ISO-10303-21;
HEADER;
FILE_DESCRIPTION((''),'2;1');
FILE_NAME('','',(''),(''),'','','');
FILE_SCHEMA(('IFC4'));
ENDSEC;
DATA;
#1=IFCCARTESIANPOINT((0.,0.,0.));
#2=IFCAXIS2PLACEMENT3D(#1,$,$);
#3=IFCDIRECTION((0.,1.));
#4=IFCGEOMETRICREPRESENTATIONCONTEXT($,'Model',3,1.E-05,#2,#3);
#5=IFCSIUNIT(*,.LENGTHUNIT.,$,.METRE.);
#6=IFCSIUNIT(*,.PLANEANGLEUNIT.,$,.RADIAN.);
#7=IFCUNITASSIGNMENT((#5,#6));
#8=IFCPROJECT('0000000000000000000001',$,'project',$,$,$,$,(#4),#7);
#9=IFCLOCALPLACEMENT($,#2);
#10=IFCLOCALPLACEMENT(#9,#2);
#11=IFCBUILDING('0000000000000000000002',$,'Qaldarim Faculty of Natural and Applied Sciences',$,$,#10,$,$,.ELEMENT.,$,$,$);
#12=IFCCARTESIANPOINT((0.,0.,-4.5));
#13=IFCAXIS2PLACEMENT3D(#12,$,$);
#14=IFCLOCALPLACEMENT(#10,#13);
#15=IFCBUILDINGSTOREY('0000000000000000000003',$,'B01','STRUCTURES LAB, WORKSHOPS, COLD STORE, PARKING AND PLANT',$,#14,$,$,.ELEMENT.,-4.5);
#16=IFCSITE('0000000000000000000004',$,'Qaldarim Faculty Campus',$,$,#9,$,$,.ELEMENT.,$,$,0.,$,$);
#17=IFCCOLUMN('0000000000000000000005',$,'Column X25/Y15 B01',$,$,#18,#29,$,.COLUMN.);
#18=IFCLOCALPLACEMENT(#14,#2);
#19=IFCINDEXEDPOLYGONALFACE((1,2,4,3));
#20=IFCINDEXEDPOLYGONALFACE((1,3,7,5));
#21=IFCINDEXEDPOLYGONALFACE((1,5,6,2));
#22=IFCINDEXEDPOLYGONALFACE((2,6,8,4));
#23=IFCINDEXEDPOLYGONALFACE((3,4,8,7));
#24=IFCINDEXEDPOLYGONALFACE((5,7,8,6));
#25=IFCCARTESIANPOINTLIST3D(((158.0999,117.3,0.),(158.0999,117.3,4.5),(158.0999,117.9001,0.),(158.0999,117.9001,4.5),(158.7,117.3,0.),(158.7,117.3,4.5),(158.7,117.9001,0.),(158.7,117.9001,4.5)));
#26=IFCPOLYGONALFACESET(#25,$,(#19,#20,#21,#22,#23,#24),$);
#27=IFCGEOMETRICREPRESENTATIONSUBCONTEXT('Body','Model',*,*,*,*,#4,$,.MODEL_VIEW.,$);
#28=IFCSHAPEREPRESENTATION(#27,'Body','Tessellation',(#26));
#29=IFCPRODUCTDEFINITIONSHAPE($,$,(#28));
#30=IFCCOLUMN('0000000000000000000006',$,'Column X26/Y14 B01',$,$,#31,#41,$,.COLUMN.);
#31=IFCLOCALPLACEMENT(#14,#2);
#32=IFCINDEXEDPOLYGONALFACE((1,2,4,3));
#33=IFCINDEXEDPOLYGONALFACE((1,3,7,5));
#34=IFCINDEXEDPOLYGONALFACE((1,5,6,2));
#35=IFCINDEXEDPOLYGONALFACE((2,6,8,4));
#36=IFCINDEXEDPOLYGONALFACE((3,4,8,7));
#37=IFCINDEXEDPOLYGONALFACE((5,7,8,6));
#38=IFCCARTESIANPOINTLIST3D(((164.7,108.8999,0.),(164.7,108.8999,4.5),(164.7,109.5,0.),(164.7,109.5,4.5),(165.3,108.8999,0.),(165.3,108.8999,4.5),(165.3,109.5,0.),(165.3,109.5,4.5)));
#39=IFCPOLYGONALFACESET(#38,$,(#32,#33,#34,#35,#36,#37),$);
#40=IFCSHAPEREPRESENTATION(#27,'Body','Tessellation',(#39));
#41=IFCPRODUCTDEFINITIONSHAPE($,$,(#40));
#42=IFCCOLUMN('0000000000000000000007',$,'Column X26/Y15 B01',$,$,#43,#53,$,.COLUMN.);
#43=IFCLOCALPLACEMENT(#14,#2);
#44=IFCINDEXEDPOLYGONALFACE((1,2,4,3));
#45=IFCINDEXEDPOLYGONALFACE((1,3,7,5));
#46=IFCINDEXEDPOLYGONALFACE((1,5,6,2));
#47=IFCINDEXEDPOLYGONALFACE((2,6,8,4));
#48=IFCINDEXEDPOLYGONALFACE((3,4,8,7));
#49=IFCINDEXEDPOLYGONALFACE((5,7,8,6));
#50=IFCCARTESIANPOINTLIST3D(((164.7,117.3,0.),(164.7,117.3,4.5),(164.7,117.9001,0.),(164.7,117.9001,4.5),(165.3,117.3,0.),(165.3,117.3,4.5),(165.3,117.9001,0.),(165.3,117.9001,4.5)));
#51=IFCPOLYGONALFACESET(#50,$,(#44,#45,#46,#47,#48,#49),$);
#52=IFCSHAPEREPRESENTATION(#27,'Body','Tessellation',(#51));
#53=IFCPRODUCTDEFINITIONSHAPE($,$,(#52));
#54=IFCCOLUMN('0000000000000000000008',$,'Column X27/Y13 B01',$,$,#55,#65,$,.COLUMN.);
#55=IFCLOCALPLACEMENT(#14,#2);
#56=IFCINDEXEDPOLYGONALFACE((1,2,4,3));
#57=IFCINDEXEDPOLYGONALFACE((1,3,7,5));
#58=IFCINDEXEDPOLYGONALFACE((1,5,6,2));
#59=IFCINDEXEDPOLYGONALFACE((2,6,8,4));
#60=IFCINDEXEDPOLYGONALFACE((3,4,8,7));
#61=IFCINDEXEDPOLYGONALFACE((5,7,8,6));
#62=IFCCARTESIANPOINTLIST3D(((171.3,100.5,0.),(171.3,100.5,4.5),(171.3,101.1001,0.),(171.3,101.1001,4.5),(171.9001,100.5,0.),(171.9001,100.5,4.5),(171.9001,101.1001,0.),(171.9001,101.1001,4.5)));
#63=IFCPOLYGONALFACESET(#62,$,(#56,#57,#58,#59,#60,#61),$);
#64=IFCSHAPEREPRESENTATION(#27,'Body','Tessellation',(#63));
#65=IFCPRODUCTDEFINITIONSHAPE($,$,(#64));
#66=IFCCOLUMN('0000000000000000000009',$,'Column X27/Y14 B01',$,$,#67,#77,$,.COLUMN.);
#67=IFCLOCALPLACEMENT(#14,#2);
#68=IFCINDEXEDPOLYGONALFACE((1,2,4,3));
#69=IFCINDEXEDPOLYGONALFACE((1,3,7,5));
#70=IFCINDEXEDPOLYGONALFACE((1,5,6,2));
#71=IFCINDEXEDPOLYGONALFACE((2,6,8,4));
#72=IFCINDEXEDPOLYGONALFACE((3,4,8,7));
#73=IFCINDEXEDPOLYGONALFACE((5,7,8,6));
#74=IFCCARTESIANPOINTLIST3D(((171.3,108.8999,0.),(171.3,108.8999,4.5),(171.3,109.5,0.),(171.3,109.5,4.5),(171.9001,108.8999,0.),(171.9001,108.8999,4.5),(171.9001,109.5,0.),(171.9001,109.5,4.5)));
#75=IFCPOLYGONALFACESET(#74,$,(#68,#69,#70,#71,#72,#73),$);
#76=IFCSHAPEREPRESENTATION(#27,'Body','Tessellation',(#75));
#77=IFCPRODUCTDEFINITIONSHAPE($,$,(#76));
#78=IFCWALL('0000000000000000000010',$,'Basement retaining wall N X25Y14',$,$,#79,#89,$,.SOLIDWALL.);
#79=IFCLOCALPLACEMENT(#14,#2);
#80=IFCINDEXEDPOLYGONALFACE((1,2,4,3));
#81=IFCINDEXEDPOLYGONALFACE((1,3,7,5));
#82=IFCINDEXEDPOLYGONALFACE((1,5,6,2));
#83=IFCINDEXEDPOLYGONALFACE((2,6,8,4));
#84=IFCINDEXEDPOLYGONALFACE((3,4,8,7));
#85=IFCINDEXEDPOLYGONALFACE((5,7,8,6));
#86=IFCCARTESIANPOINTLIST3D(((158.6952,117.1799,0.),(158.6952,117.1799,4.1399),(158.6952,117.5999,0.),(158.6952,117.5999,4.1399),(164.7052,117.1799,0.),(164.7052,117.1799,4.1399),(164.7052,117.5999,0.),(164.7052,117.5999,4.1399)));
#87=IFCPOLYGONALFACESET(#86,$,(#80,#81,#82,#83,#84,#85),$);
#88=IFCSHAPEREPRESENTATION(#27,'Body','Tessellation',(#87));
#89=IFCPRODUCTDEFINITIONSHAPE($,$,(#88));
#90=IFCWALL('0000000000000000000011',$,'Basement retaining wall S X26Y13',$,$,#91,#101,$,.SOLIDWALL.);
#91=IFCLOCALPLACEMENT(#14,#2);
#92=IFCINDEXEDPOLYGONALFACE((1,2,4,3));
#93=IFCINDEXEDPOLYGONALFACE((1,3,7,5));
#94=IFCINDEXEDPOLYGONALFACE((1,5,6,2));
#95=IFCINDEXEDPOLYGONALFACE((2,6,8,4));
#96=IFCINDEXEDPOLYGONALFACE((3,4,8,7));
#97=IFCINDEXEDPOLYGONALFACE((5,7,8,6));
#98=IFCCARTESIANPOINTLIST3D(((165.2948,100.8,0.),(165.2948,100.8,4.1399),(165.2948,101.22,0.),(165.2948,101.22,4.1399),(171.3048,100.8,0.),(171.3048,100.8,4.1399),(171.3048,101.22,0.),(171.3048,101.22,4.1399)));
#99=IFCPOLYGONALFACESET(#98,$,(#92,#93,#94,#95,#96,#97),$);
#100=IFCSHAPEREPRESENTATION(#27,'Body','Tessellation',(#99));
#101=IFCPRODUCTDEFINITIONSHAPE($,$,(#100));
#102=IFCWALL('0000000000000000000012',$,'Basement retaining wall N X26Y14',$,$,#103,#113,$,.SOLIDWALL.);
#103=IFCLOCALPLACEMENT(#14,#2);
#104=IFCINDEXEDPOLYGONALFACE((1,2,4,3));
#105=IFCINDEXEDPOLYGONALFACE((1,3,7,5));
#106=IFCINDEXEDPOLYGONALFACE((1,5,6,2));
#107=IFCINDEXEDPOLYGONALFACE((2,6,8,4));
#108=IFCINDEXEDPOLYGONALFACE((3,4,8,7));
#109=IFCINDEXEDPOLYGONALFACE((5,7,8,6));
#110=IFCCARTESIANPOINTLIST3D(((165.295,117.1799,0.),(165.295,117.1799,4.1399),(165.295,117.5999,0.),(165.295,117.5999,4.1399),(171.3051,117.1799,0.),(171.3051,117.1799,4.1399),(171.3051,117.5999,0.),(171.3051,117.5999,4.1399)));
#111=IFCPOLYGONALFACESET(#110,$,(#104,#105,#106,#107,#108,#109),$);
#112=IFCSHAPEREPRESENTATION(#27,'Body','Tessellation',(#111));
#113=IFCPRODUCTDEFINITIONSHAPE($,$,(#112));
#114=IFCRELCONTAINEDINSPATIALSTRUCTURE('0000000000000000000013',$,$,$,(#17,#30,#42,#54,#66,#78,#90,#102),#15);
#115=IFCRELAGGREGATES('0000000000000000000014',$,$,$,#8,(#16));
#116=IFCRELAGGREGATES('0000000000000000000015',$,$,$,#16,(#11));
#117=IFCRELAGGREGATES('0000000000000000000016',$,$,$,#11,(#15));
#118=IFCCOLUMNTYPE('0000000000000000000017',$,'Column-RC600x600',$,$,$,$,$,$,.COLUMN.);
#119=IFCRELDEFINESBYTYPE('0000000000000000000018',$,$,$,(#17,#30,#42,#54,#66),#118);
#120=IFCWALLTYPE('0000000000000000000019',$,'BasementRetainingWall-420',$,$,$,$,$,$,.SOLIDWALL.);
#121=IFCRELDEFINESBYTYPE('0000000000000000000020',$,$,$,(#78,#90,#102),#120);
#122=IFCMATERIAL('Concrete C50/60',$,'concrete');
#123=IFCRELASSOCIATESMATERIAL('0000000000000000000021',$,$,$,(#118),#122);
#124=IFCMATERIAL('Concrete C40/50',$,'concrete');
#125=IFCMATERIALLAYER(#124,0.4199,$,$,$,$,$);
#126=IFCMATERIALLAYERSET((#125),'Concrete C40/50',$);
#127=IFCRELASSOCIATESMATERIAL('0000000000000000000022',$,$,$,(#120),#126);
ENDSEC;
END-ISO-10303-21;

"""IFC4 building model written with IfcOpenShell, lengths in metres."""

from ifc_helpers import new_model, si_unit, direction, frame, frame_2d, origin, origin_2d, place, context, subcontext, project, spatial, rectangle, extrude, material, layer, layer_set, material_profile, profile_set, type_object, element, save


model = new_model("IFC4")

# Units and contexts
model_context = context("Model", 3, precision=1e-05, world=origin(), true_north=direction((0.0, 1.0)))
body_context = subcontext(model_context, "Body", "Model", "MODEL_VIEW")
ifc_project = project(units=[si_unit("LENGTHUNIT", "METRE"), si_unit("PLANEANGLEUNIT", "RADIAN")], contexts=[model_context])

# Site, building, storey
site_placement = place(None, origin())
site = spatial("IfcSite", under=ifc_project, at=site_placement, Name="Qaldarim Faculty Campus", CompositionType="ELEMENT", RefElevation=0.0)
building_placement = place(site_placement, origin())
building = spatial("IfcBuilding", under=site, at=building_placement, Name="Qaldarim Faculty of Natural and Applied Sciences", CompositionType="ELEMENT")
storey_placement = place(building_placement, frame((0.0, 0.0, -4.5)))
storey = spatial("IfcBuildingStorey", under=building, at=storey_placement, Name="B01", Description="STRUCTURES LAB, WORKSHOPS, COLD STORE, PARKING AND PLANT", CompositionType="ELEMENT", Elevation=-4.5)

# Shared definitions
ifc_material_1 = material(Name="Concrete C40/50", Category="concrete")

# Columns
ifc_material_2 = material(Name="Concrete C50/60", Category="concrete")
ifc_material_profile_1 = material_profile(ifc_material_2, rectangle(XDim=0.6001, YDim=0.6001, at=origin_2d()), Name="RC-C600x600")
ifc_profile_set_1 = profile_set([ifc_material_profile_1], Name="Concrete C50/60")
column_type = type_object("IfcColumnType", Name="Column-RC600x600", PredefinedType="COLUMN", material=ifc_profile_set_1)
for number, where, z_axis, x_axis, name in (
    (1, (158.3999, 117.6001, 0.0), (0.0, 0.0, 1.0), (1.0, 0.0, 0.0), "Column X25/Y15 B01"),
    (2, (165.0, 109.2, 0.0), (0.0, 0.0, 1.0), (1.0, 0.0, 0.0), "Column X26/Y14 B01"),
    (3, (165.0, 117.6001, 0.0), (0.0, 0.0, 1.0), (1.0, 0.0, 0.0), "Column X26/Y15 B01"),
    (4, (171.6001, 100.8, 0.0), (0.0, 0.0, 1.0), (1.0, 0.0, 0.0), "Column X27/Y13 B01"),
    (5, (171.6001, 109.2, 0.0), (0.0, 0.0, 1.0), (1.0, 0.0, 0.0), "Column X27/Y14 B01"),
):
    element("IfcColumn", number, at=place(storey_placement, frame(where, z_axis=z_axis, x_axis=x_axis)), inside=storey, type_object=column_type, Name=name, PredefinedType="COLUMN", context=body_context, shape_type="SweptSolid", body=[
        extrude(rectangle(XDim=0.6001, YDim=0.6001, at=origin_2d()), origin(), (0.0, 0.0, 1.0), 4.5),
    ])

# Walls
ifc_layer_1 = layer(ifc_material_1, 0.4199)
ifc_layer_set_1 = layer_set([ifc_layer_1], Name="Concrete C40/50")
wall_type = type_object("IfcWallType", Name="BasementRetainingWall-420", PredefinedType="SOLIDWALL", material=ifc_layer_set_1)
for number, where, z_axis, x_axis, name in (
    (6, (164.7051, 117.3899, 0.0), (0.0, 0.0, 1.0), (-1.0, 0.0, 0.0), "Basement retaining wall N X25Y14"),
    (7, (165.2949, 101.01, 0.0), (0.0, 0.0, 1.0), (1.0, 0.0, 0.0), "Basement retaining wall S X26Y13"),
    (8, (171.3049, 117.3899, 0.0), (0.0, 0.0, 1.0), (-1.0, 0.0, 0.0), "Basement retaining wall N X26Y14"),
):
    element("IfcWall", number, at=place(storey_placement, frame(where, z_axis=z_axis, x_axis=x_axis)), inside=storey, type_object=wall_type, Name=name, PredefinedType="SOLIDWALL", context=body_context, shape_type="SweptSolid", body=[
        extrude(rectangle(XDim=6.01, YDim=0.4199, at=frame_2d((3.0049, 0.0))), origin(), (0.0, 0.0, 1.0), 4.1399),
    ])

save(model, "model.ifc")
